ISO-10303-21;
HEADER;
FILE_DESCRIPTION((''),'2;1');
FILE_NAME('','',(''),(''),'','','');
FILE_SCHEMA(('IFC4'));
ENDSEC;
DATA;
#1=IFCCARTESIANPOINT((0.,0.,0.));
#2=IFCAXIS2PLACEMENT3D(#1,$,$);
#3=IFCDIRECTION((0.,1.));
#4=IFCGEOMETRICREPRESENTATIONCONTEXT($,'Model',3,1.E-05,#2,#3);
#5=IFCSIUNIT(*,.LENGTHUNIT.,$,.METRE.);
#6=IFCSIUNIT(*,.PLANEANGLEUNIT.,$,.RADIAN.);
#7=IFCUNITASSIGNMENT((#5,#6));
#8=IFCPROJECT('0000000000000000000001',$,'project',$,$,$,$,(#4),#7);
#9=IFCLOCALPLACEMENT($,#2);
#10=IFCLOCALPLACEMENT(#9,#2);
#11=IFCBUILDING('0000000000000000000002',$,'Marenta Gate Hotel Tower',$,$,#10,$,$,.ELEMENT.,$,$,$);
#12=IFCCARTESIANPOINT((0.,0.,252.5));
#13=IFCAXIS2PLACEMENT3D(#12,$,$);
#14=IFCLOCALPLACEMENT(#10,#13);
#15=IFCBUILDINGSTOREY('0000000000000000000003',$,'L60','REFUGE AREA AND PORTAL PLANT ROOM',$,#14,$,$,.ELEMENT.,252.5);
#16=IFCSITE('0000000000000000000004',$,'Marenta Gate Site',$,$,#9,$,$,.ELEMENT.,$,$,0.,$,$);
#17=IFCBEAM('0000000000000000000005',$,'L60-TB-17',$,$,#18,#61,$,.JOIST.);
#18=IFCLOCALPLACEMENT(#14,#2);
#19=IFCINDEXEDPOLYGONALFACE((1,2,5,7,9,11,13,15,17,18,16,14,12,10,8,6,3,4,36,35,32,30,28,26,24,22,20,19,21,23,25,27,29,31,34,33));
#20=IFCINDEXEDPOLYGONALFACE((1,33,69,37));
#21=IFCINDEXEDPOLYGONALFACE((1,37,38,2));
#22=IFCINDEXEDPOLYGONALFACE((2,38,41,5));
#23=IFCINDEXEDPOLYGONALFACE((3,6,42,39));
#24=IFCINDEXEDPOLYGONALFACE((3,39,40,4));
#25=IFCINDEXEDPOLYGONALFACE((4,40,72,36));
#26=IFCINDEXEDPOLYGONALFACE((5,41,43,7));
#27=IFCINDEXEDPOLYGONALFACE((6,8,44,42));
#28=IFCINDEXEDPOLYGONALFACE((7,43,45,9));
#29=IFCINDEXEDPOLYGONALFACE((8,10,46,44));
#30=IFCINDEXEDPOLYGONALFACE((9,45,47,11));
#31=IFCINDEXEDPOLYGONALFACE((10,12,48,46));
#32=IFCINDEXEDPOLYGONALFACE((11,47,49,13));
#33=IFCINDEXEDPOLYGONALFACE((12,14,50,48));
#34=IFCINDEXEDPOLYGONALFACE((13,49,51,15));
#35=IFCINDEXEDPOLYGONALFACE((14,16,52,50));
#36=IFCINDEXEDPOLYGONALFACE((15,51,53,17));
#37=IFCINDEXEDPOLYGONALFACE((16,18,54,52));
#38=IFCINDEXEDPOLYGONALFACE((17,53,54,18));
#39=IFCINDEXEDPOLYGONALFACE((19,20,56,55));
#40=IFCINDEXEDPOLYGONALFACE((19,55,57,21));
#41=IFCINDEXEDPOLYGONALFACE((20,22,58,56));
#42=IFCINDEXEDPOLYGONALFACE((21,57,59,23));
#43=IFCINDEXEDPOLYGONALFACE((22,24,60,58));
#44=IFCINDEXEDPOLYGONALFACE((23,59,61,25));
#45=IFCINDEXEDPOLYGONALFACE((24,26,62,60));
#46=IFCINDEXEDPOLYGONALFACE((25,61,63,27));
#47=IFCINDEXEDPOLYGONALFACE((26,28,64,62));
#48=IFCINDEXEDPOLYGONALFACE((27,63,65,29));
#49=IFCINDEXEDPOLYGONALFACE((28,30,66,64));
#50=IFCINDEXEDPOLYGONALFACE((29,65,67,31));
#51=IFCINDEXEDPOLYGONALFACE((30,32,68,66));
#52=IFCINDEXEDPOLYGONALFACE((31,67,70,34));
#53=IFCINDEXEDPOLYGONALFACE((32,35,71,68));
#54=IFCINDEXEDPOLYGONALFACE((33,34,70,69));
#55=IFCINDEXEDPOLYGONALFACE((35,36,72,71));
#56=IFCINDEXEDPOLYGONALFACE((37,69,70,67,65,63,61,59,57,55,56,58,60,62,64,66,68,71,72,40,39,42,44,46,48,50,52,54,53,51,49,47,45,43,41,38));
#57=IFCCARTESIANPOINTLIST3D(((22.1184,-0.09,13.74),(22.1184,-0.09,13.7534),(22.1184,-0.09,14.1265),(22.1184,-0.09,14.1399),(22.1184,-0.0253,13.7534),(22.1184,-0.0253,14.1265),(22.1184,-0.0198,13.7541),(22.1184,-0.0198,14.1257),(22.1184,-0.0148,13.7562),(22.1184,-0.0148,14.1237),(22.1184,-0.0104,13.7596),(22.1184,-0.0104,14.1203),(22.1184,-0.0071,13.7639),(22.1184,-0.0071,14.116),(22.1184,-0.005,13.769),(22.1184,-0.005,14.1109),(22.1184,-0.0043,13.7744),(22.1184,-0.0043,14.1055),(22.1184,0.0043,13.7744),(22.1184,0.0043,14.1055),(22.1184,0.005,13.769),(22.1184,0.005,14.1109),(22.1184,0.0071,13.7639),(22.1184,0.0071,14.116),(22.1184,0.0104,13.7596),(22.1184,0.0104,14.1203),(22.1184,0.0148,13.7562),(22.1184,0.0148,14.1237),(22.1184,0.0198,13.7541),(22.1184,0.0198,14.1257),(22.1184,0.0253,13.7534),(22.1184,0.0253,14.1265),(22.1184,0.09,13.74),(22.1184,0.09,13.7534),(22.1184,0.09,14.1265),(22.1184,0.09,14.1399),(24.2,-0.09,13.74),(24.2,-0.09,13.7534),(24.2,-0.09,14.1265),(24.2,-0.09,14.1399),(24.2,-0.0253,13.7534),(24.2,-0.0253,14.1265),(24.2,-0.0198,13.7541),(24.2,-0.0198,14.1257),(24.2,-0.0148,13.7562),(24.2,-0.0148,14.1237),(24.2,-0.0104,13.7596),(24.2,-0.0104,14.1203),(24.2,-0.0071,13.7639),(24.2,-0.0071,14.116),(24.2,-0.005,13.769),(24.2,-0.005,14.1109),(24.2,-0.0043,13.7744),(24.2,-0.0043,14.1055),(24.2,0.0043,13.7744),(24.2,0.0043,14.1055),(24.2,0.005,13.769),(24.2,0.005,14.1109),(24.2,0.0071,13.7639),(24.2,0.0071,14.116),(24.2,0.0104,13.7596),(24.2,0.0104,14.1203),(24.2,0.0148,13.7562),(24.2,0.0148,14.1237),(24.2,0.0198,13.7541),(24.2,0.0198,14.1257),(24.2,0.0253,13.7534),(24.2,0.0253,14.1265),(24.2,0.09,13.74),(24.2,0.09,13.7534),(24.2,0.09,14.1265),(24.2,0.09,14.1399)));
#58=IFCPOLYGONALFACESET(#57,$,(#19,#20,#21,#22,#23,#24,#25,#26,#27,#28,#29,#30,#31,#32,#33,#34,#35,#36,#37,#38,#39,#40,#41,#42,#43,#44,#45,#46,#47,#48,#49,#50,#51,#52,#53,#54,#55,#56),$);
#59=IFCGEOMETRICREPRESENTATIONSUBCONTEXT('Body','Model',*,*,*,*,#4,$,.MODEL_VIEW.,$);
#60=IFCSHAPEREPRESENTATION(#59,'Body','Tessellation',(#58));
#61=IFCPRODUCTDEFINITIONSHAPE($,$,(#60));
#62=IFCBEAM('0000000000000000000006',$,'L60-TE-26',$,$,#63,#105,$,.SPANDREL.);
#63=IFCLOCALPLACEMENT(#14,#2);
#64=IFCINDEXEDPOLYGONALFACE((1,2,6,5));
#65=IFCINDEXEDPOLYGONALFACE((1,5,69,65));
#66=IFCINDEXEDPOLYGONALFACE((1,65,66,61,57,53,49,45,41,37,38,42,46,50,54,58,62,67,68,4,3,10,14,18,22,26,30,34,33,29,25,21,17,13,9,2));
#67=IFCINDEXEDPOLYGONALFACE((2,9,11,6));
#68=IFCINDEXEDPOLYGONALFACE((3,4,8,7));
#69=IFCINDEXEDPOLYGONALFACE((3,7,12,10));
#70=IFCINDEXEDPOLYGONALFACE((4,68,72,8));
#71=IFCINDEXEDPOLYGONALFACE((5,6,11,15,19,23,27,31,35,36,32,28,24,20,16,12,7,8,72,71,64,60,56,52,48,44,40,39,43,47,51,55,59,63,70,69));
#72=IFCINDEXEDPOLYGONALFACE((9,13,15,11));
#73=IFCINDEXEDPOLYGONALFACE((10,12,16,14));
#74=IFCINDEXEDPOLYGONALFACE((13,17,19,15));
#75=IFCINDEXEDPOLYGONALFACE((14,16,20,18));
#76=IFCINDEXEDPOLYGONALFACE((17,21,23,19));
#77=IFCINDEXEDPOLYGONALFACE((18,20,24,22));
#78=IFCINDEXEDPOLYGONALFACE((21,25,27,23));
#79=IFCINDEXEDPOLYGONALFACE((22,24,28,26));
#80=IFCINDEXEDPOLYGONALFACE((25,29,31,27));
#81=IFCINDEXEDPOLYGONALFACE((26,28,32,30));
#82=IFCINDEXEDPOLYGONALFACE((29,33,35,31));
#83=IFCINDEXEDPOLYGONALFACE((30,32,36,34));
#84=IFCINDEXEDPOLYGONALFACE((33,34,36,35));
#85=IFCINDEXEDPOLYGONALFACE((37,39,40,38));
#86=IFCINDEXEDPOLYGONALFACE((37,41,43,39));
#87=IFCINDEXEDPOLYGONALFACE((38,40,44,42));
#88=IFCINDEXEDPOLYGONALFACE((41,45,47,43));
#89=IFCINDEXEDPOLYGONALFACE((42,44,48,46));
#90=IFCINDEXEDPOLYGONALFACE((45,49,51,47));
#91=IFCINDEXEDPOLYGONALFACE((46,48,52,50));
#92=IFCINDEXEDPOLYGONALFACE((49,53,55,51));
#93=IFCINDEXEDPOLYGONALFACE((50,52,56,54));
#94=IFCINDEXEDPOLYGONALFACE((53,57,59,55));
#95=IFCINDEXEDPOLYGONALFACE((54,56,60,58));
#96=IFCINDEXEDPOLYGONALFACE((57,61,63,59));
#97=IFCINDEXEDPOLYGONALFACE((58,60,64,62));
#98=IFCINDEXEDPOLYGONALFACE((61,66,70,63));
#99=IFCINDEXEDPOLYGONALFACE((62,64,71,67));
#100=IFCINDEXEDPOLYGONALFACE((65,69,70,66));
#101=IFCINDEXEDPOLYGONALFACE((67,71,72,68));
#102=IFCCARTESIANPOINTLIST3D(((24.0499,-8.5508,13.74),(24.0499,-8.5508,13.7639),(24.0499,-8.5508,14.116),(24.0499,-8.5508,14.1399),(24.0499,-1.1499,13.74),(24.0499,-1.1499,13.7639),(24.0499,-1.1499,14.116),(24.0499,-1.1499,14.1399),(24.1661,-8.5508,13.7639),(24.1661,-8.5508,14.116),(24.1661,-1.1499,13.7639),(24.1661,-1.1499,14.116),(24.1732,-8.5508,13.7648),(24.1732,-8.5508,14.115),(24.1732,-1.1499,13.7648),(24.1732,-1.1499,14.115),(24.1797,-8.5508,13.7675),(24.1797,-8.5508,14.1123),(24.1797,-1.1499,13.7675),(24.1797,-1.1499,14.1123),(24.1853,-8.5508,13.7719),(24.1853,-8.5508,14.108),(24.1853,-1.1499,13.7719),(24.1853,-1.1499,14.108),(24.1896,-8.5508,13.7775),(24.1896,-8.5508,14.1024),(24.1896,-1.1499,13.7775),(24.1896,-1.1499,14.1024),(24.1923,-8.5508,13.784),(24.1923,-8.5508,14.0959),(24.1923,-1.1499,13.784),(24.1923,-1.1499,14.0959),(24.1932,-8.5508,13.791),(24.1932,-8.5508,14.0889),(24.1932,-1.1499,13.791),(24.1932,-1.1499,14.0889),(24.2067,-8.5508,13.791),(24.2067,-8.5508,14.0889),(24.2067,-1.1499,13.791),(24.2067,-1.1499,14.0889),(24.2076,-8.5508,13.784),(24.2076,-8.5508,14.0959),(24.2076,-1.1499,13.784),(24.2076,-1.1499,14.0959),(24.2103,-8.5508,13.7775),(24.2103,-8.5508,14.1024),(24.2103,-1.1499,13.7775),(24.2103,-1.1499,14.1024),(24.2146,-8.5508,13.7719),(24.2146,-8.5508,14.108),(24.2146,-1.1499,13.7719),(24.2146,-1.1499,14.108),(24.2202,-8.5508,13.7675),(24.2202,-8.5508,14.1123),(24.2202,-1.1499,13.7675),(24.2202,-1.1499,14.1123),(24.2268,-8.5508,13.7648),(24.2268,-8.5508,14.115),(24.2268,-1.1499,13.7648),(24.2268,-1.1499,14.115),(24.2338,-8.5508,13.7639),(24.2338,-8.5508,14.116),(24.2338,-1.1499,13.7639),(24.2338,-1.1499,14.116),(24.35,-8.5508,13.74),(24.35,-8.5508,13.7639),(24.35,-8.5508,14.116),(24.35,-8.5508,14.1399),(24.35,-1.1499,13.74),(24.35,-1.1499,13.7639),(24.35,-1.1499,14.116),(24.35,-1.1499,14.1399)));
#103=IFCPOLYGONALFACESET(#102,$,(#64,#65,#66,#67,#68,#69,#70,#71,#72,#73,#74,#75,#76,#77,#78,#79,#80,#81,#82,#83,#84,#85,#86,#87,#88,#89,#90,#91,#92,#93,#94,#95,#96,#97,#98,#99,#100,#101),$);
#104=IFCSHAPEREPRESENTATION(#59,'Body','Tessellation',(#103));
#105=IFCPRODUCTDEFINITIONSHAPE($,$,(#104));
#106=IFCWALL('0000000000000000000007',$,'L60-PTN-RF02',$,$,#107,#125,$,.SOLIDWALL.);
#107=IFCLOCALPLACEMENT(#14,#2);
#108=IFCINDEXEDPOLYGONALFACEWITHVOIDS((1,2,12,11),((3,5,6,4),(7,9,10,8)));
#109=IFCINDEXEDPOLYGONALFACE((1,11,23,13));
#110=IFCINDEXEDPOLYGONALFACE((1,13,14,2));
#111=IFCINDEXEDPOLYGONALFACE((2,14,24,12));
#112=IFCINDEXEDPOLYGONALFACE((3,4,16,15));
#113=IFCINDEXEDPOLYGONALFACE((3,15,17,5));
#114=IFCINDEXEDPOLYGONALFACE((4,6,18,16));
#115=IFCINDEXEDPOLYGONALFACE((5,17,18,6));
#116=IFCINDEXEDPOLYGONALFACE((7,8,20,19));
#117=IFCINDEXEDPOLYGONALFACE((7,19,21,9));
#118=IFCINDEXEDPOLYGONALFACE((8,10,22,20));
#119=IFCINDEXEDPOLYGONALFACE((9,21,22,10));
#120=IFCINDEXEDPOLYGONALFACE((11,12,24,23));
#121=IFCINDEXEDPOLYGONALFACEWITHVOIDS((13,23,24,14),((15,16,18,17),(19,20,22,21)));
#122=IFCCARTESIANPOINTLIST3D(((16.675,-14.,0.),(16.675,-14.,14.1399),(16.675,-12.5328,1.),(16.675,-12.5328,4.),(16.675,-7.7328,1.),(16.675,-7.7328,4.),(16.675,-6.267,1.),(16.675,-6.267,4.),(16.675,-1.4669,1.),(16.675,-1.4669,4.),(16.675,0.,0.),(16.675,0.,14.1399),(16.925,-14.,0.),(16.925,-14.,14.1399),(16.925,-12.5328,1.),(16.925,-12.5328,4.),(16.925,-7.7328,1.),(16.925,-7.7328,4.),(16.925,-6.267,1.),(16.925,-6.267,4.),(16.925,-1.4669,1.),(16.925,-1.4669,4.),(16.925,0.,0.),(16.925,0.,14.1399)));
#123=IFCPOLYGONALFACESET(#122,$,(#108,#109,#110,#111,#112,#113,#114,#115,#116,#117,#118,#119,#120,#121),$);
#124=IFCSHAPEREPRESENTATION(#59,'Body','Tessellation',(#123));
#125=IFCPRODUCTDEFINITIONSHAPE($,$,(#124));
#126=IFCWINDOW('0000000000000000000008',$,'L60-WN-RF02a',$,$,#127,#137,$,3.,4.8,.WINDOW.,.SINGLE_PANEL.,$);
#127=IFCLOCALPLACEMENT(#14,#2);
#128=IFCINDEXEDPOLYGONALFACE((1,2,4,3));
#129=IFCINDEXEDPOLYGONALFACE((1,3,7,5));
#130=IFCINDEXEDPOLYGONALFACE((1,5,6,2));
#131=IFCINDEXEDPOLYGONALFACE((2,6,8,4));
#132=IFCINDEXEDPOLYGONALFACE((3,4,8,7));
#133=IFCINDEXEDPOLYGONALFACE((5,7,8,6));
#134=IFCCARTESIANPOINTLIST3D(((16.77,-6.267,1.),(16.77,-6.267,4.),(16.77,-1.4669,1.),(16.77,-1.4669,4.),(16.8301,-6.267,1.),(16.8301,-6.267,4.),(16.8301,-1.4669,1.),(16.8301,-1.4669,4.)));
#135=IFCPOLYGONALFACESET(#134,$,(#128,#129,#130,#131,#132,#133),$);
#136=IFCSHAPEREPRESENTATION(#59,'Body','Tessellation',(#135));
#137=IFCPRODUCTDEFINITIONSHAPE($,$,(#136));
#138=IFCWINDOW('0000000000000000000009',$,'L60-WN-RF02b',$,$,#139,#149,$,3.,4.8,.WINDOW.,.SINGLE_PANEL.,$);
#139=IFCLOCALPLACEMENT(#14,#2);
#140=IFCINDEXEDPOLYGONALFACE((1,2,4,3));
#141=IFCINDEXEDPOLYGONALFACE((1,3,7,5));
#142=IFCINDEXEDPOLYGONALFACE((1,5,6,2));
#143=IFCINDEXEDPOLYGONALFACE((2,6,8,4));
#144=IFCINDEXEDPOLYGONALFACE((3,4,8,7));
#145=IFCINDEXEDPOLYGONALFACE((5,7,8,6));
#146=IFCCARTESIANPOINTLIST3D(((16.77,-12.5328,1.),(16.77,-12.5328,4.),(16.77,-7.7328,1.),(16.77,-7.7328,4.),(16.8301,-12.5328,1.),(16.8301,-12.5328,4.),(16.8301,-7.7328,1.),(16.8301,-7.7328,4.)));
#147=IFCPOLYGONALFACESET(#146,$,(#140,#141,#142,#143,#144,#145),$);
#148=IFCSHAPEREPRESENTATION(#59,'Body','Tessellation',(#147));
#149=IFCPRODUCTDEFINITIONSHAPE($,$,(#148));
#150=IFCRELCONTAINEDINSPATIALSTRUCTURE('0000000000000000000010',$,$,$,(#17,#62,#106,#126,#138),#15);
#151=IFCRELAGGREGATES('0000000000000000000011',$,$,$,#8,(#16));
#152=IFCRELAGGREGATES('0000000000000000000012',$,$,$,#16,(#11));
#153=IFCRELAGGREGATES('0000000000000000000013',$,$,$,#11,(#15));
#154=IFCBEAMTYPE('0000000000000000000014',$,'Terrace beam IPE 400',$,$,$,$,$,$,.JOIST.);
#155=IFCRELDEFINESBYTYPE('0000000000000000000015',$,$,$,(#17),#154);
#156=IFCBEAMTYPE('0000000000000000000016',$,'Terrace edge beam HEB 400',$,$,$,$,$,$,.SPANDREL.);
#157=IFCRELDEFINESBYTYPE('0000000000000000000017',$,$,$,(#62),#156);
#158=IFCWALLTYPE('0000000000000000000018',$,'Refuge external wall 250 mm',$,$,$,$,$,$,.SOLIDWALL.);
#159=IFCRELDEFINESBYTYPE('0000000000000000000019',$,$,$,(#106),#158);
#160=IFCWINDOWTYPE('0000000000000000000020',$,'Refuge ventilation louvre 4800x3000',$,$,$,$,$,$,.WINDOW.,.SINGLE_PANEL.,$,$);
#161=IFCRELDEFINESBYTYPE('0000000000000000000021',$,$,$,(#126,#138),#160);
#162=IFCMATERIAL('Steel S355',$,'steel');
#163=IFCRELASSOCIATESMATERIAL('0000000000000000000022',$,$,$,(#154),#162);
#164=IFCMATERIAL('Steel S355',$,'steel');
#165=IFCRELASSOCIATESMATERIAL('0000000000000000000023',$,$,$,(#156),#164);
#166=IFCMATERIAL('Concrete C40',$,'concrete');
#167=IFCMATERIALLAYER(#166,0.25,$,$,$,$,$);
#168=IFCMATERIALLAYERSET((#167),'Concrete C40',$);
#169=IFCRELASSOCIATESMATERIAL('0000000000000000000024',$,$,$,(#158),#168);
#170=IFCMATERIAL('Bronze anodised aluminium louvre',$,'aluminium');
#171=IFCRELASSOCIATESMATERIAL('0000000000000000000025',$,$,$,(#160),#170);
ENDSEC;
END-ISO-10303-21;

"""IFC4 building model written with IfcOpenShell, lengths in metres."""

from ifc_helpers import new_model, si_unit, direction, frame, frame_2d, origin, origin_2d, place, context, subcontext, project, spatial, rectangle, i_section, extrude, material, layer, layer_set, material_profile, profile_set, type_object, element, fill, save


model = new_model("IFC4")

# Units and contexts
model_context = context("Model", 3, precision=1e-05, world=origin(), true_north=direction((0.0, 1.0)))
body_context = subcontext(model_context, "Body", "Model", "MODEL_VIEW")
ifc_project = project(units=[si_unit("LENGTHUNIT", "METRE"), si_unit("PLANEANGLEUNIT", "RADIAN")], contexts=[model_context])

# Site, building, storey
site_placement = place(None, origin())
site = spatial("IfcSite", under=ifc_project, at=site_placement, Name="Marenta Gate Site", CompositionType="ELEMENT", RefElevation=0.0)
building_placement = place(site_placement, origin())
building = spatial("IfcBuilding", under=site, at=building_placement, Name="Marenta Gate Hotel Tower", CompositionType="ELEMENT")
storey_placement = place(building_placement, frame((0.0, 0.0, 252.5)))
storey = spatial("IfcBuildingStorey", under=building, at=storey_placement, Name="L60", Description="REFUGE AREA AND PORTAL PLANT ROOM", CompositionType="ELEMENT", Elevation=252.5)

# Beams
ifc_material_1 = material(Name="Steel S355", Category="steel")
ifc_material_profile_1 = material_profile(ifc_material_1, i_section(OverallWidth=0.1799, OverallDepth=0.3999, WebThickness=0.0085, FlangeThickness=0.0134, FilletRadius=0.021, at=origin_2d()), Name="IPE 400")
ifc_profile_set_1 = profile_set([ifc_material_profile_1], Name="Steel S355")
beam_type_1 = type_object("IfcBeamType", Name="Terrace beam IPE 400", PredefinedType="JOIST", material=ifc_profile_set_1)
beam_1_placement = place(storey_placement, frame((22.1184, 0.0, 13.9399), z_axis=(1.0, 0.0, 0.0), x_axis=(0.0, 1.0, 0.0)))
element("IfcBeam", 1, at=beam_1_placement, inside=storey, type_object=beam_type_1, Name="L60-TB-17", PredefinedType="JOIST", context=body_context, shape_type="SweptSolid", body=[
    extrude(i_section(OverallWidth=0.1799, OverallDepth=0.3999, WebThickness=0.0085, FlangeThickness=0.0134, FilletRadius=0.021, at=origin_2d()), origin(), (0.0, 0.0, 1.0), 2.0815),
])
ifc_material_2 = material(Name="Steel S355", Category="steel")
ifc_material_profile_2 = material_profile(ifc_material_2, i_section(OverallWidth=0.3, OverallDepth=0.3999, WebThickness=0.0134, FlangeThickness=0.0239, FilletRadius=0.0271, at=origin_2d()), Name="HEB 400")
ifc_profile_set_2 = profile_set([ifc_material_profile_2], Name="Steel S355")
beam_type_2 = type_object("IfcBeamType", Name="Terrace edge beam HEB 400", PredefinedType="SPANDREL", material=ifc_profile_set_2)
beam_2_placement = place(storey_placement, frame((24.2, -1.1499, 13.9399), z_axis=(0.0, -1.0, 0.0), x_axis=(1.0, 0.0, 0.0)))
element("IfcBeam", 2, at=beam_2_placement, inside=storey, type_object=beam_type_2, Name="L60-TE-26", PredefinedType="SPANDREL", context=body_context, shape_type="SweptSolid", body=[
    extrude(i_section(OverallWidth=0.3, OverallDepth=0.3999, WebThickness=0.0134, FlangeThickness=0.0239, FilletRadius=0.0271, at=origin_2d()), origin(), (0.0, 0.0, 1.0), 7.4009),
])

# Wall, openings, windows
ifc_material_3 = material(Name="Concrete C40", Category="concrete")
ifc_layer_1 = layer(ifc_material_3, 0.25)
ifc_layer_set_1 = layer_set([ifc_layer_1], Name="Concrete C40")
wall_type_1 = type_object("IfcWallType", Name="Refuge external wall 250 mm", PredefinedType="SOLIDWALL", material=ifc_layer_set_1)
wall_1_placement = place(storey_placement, frame((16.8, 0.0, 0.0), z_axis=(0.0, 0.0, 1.0), x_axis=(0.0, -1.0, 0.0)))
wall_1 = element("IfcWall", 3, at=wall_1_placement, inside=storey, type_object=wall_type_1, Name="L60-PTN-RF02", PredefinedType="SOLIDWALL", context=body_context, shape_type="SweptSolid", body=[
    extrude(rectangle(XDim=14.0, YDim=0.25, at=frame_2d((7.0, 0.0))), origin(), (0.0, 0.0, 1.0), 14.1399),
])
opening_1_placement = place(wall_1_placement, frame((1.467, 0.0, 1.0)))
opening_1 = element("IfcOpeningElement", 4, at=opening_1_placement, cuts=wall_1, PredefinedType="OPENING", context=body_context, shape_type="SweptSolid", body=[
    extrude(rectangle(XDim=4.8, YDim=3.0, at=frame_2d((2.3999, 1.5))), frame((0.0, 0.125, 0.0), z_axis=(0.0, -1.0, 0.0), x_axis=(1.0, 0.0, 0.0)), (0.0, 0.0, 1.0), 0.25),
])
opening_2_placement = place(wall_1_placement, frame((7.7329, 0.0, 1.0)))
opening_2 = element("IfcOpeningElement", 5, at=opening_2_placement, cuts=wall_1, PredefinedType="OPENING", context=body_context, shape_type="SweptSolid", body=[
    extrude(rectangle(XDim=4.8, YDim=3.0, at=frame_2d((2.3999, 1.5))), frame((0.0, 0.125, 0.0), z_axis=(0.0, -1.0, 0.0), x_axis=(1.0, 0.0, 0.0)), (0.0, 0.0, 1.0), 0.25),
])
ifc_material_4 = material(Name="Bronze anodised aluminium louvre", Category="aluminium")
window_type = type_object("IfcWindowType", Name="Refuge ventilation louvre 4800x3000", PartitioningType="SINGLE_PANEL", PredefinedType="WINDOW", material=ifc_material_4)
window_1_placement = place(opening_1_placement, origin())
window_1 = element("IfcWindow", 6, at=window_1_placement, inside=storey, type_object=window_type, Name="L60-WN-RF02a", OverallHeight=3.0, OverallWidth=4.8, PartitioningType="SINGLE_PANEL", PredefinedType="WINDOW", context=body_context, shape_type="SweptSolid", body=[
    extrude(rectangle(XDim=4.8, YDim=3.0, at=frame_2d((2.3999, 1.5))), frame((0.0, 0.03, 0.0), z_axis=(0.0, -1.0, 0.0), x_axis=(1.0, 0.0, 0.0)), (0.0, 0.0, 1.0), 0.0601),
])
fill(opening_1, window_1)
window_2_placement = place(opening_2_placement, origin())
window_2 = element("IfcWindow", 7, at=window_2_placement, inside=storey, type_object=window_type, Name="L60-WN-RF02b", OverallHeight=3.0, OverallWidth=4.8, PartitioningType="SINGLE_PANEL", PredefinedType="WINDOW", context=body_context, shape_type="SweptSolid", body=[
    extrude(rectangle(XDim=4.8, YDim=3.0, at=frame_2d((2.3999, 1.5))), frame((0.0, 0.03, 0.0), z_axis=(0.0, -1.0, 0.0), x_axis=(1.0, 0.0, 0.0)), (0.0, 0.0, 1.0), 0.0601),
])
fill(opening_2, window_2)

save(model, "model.ifc")
